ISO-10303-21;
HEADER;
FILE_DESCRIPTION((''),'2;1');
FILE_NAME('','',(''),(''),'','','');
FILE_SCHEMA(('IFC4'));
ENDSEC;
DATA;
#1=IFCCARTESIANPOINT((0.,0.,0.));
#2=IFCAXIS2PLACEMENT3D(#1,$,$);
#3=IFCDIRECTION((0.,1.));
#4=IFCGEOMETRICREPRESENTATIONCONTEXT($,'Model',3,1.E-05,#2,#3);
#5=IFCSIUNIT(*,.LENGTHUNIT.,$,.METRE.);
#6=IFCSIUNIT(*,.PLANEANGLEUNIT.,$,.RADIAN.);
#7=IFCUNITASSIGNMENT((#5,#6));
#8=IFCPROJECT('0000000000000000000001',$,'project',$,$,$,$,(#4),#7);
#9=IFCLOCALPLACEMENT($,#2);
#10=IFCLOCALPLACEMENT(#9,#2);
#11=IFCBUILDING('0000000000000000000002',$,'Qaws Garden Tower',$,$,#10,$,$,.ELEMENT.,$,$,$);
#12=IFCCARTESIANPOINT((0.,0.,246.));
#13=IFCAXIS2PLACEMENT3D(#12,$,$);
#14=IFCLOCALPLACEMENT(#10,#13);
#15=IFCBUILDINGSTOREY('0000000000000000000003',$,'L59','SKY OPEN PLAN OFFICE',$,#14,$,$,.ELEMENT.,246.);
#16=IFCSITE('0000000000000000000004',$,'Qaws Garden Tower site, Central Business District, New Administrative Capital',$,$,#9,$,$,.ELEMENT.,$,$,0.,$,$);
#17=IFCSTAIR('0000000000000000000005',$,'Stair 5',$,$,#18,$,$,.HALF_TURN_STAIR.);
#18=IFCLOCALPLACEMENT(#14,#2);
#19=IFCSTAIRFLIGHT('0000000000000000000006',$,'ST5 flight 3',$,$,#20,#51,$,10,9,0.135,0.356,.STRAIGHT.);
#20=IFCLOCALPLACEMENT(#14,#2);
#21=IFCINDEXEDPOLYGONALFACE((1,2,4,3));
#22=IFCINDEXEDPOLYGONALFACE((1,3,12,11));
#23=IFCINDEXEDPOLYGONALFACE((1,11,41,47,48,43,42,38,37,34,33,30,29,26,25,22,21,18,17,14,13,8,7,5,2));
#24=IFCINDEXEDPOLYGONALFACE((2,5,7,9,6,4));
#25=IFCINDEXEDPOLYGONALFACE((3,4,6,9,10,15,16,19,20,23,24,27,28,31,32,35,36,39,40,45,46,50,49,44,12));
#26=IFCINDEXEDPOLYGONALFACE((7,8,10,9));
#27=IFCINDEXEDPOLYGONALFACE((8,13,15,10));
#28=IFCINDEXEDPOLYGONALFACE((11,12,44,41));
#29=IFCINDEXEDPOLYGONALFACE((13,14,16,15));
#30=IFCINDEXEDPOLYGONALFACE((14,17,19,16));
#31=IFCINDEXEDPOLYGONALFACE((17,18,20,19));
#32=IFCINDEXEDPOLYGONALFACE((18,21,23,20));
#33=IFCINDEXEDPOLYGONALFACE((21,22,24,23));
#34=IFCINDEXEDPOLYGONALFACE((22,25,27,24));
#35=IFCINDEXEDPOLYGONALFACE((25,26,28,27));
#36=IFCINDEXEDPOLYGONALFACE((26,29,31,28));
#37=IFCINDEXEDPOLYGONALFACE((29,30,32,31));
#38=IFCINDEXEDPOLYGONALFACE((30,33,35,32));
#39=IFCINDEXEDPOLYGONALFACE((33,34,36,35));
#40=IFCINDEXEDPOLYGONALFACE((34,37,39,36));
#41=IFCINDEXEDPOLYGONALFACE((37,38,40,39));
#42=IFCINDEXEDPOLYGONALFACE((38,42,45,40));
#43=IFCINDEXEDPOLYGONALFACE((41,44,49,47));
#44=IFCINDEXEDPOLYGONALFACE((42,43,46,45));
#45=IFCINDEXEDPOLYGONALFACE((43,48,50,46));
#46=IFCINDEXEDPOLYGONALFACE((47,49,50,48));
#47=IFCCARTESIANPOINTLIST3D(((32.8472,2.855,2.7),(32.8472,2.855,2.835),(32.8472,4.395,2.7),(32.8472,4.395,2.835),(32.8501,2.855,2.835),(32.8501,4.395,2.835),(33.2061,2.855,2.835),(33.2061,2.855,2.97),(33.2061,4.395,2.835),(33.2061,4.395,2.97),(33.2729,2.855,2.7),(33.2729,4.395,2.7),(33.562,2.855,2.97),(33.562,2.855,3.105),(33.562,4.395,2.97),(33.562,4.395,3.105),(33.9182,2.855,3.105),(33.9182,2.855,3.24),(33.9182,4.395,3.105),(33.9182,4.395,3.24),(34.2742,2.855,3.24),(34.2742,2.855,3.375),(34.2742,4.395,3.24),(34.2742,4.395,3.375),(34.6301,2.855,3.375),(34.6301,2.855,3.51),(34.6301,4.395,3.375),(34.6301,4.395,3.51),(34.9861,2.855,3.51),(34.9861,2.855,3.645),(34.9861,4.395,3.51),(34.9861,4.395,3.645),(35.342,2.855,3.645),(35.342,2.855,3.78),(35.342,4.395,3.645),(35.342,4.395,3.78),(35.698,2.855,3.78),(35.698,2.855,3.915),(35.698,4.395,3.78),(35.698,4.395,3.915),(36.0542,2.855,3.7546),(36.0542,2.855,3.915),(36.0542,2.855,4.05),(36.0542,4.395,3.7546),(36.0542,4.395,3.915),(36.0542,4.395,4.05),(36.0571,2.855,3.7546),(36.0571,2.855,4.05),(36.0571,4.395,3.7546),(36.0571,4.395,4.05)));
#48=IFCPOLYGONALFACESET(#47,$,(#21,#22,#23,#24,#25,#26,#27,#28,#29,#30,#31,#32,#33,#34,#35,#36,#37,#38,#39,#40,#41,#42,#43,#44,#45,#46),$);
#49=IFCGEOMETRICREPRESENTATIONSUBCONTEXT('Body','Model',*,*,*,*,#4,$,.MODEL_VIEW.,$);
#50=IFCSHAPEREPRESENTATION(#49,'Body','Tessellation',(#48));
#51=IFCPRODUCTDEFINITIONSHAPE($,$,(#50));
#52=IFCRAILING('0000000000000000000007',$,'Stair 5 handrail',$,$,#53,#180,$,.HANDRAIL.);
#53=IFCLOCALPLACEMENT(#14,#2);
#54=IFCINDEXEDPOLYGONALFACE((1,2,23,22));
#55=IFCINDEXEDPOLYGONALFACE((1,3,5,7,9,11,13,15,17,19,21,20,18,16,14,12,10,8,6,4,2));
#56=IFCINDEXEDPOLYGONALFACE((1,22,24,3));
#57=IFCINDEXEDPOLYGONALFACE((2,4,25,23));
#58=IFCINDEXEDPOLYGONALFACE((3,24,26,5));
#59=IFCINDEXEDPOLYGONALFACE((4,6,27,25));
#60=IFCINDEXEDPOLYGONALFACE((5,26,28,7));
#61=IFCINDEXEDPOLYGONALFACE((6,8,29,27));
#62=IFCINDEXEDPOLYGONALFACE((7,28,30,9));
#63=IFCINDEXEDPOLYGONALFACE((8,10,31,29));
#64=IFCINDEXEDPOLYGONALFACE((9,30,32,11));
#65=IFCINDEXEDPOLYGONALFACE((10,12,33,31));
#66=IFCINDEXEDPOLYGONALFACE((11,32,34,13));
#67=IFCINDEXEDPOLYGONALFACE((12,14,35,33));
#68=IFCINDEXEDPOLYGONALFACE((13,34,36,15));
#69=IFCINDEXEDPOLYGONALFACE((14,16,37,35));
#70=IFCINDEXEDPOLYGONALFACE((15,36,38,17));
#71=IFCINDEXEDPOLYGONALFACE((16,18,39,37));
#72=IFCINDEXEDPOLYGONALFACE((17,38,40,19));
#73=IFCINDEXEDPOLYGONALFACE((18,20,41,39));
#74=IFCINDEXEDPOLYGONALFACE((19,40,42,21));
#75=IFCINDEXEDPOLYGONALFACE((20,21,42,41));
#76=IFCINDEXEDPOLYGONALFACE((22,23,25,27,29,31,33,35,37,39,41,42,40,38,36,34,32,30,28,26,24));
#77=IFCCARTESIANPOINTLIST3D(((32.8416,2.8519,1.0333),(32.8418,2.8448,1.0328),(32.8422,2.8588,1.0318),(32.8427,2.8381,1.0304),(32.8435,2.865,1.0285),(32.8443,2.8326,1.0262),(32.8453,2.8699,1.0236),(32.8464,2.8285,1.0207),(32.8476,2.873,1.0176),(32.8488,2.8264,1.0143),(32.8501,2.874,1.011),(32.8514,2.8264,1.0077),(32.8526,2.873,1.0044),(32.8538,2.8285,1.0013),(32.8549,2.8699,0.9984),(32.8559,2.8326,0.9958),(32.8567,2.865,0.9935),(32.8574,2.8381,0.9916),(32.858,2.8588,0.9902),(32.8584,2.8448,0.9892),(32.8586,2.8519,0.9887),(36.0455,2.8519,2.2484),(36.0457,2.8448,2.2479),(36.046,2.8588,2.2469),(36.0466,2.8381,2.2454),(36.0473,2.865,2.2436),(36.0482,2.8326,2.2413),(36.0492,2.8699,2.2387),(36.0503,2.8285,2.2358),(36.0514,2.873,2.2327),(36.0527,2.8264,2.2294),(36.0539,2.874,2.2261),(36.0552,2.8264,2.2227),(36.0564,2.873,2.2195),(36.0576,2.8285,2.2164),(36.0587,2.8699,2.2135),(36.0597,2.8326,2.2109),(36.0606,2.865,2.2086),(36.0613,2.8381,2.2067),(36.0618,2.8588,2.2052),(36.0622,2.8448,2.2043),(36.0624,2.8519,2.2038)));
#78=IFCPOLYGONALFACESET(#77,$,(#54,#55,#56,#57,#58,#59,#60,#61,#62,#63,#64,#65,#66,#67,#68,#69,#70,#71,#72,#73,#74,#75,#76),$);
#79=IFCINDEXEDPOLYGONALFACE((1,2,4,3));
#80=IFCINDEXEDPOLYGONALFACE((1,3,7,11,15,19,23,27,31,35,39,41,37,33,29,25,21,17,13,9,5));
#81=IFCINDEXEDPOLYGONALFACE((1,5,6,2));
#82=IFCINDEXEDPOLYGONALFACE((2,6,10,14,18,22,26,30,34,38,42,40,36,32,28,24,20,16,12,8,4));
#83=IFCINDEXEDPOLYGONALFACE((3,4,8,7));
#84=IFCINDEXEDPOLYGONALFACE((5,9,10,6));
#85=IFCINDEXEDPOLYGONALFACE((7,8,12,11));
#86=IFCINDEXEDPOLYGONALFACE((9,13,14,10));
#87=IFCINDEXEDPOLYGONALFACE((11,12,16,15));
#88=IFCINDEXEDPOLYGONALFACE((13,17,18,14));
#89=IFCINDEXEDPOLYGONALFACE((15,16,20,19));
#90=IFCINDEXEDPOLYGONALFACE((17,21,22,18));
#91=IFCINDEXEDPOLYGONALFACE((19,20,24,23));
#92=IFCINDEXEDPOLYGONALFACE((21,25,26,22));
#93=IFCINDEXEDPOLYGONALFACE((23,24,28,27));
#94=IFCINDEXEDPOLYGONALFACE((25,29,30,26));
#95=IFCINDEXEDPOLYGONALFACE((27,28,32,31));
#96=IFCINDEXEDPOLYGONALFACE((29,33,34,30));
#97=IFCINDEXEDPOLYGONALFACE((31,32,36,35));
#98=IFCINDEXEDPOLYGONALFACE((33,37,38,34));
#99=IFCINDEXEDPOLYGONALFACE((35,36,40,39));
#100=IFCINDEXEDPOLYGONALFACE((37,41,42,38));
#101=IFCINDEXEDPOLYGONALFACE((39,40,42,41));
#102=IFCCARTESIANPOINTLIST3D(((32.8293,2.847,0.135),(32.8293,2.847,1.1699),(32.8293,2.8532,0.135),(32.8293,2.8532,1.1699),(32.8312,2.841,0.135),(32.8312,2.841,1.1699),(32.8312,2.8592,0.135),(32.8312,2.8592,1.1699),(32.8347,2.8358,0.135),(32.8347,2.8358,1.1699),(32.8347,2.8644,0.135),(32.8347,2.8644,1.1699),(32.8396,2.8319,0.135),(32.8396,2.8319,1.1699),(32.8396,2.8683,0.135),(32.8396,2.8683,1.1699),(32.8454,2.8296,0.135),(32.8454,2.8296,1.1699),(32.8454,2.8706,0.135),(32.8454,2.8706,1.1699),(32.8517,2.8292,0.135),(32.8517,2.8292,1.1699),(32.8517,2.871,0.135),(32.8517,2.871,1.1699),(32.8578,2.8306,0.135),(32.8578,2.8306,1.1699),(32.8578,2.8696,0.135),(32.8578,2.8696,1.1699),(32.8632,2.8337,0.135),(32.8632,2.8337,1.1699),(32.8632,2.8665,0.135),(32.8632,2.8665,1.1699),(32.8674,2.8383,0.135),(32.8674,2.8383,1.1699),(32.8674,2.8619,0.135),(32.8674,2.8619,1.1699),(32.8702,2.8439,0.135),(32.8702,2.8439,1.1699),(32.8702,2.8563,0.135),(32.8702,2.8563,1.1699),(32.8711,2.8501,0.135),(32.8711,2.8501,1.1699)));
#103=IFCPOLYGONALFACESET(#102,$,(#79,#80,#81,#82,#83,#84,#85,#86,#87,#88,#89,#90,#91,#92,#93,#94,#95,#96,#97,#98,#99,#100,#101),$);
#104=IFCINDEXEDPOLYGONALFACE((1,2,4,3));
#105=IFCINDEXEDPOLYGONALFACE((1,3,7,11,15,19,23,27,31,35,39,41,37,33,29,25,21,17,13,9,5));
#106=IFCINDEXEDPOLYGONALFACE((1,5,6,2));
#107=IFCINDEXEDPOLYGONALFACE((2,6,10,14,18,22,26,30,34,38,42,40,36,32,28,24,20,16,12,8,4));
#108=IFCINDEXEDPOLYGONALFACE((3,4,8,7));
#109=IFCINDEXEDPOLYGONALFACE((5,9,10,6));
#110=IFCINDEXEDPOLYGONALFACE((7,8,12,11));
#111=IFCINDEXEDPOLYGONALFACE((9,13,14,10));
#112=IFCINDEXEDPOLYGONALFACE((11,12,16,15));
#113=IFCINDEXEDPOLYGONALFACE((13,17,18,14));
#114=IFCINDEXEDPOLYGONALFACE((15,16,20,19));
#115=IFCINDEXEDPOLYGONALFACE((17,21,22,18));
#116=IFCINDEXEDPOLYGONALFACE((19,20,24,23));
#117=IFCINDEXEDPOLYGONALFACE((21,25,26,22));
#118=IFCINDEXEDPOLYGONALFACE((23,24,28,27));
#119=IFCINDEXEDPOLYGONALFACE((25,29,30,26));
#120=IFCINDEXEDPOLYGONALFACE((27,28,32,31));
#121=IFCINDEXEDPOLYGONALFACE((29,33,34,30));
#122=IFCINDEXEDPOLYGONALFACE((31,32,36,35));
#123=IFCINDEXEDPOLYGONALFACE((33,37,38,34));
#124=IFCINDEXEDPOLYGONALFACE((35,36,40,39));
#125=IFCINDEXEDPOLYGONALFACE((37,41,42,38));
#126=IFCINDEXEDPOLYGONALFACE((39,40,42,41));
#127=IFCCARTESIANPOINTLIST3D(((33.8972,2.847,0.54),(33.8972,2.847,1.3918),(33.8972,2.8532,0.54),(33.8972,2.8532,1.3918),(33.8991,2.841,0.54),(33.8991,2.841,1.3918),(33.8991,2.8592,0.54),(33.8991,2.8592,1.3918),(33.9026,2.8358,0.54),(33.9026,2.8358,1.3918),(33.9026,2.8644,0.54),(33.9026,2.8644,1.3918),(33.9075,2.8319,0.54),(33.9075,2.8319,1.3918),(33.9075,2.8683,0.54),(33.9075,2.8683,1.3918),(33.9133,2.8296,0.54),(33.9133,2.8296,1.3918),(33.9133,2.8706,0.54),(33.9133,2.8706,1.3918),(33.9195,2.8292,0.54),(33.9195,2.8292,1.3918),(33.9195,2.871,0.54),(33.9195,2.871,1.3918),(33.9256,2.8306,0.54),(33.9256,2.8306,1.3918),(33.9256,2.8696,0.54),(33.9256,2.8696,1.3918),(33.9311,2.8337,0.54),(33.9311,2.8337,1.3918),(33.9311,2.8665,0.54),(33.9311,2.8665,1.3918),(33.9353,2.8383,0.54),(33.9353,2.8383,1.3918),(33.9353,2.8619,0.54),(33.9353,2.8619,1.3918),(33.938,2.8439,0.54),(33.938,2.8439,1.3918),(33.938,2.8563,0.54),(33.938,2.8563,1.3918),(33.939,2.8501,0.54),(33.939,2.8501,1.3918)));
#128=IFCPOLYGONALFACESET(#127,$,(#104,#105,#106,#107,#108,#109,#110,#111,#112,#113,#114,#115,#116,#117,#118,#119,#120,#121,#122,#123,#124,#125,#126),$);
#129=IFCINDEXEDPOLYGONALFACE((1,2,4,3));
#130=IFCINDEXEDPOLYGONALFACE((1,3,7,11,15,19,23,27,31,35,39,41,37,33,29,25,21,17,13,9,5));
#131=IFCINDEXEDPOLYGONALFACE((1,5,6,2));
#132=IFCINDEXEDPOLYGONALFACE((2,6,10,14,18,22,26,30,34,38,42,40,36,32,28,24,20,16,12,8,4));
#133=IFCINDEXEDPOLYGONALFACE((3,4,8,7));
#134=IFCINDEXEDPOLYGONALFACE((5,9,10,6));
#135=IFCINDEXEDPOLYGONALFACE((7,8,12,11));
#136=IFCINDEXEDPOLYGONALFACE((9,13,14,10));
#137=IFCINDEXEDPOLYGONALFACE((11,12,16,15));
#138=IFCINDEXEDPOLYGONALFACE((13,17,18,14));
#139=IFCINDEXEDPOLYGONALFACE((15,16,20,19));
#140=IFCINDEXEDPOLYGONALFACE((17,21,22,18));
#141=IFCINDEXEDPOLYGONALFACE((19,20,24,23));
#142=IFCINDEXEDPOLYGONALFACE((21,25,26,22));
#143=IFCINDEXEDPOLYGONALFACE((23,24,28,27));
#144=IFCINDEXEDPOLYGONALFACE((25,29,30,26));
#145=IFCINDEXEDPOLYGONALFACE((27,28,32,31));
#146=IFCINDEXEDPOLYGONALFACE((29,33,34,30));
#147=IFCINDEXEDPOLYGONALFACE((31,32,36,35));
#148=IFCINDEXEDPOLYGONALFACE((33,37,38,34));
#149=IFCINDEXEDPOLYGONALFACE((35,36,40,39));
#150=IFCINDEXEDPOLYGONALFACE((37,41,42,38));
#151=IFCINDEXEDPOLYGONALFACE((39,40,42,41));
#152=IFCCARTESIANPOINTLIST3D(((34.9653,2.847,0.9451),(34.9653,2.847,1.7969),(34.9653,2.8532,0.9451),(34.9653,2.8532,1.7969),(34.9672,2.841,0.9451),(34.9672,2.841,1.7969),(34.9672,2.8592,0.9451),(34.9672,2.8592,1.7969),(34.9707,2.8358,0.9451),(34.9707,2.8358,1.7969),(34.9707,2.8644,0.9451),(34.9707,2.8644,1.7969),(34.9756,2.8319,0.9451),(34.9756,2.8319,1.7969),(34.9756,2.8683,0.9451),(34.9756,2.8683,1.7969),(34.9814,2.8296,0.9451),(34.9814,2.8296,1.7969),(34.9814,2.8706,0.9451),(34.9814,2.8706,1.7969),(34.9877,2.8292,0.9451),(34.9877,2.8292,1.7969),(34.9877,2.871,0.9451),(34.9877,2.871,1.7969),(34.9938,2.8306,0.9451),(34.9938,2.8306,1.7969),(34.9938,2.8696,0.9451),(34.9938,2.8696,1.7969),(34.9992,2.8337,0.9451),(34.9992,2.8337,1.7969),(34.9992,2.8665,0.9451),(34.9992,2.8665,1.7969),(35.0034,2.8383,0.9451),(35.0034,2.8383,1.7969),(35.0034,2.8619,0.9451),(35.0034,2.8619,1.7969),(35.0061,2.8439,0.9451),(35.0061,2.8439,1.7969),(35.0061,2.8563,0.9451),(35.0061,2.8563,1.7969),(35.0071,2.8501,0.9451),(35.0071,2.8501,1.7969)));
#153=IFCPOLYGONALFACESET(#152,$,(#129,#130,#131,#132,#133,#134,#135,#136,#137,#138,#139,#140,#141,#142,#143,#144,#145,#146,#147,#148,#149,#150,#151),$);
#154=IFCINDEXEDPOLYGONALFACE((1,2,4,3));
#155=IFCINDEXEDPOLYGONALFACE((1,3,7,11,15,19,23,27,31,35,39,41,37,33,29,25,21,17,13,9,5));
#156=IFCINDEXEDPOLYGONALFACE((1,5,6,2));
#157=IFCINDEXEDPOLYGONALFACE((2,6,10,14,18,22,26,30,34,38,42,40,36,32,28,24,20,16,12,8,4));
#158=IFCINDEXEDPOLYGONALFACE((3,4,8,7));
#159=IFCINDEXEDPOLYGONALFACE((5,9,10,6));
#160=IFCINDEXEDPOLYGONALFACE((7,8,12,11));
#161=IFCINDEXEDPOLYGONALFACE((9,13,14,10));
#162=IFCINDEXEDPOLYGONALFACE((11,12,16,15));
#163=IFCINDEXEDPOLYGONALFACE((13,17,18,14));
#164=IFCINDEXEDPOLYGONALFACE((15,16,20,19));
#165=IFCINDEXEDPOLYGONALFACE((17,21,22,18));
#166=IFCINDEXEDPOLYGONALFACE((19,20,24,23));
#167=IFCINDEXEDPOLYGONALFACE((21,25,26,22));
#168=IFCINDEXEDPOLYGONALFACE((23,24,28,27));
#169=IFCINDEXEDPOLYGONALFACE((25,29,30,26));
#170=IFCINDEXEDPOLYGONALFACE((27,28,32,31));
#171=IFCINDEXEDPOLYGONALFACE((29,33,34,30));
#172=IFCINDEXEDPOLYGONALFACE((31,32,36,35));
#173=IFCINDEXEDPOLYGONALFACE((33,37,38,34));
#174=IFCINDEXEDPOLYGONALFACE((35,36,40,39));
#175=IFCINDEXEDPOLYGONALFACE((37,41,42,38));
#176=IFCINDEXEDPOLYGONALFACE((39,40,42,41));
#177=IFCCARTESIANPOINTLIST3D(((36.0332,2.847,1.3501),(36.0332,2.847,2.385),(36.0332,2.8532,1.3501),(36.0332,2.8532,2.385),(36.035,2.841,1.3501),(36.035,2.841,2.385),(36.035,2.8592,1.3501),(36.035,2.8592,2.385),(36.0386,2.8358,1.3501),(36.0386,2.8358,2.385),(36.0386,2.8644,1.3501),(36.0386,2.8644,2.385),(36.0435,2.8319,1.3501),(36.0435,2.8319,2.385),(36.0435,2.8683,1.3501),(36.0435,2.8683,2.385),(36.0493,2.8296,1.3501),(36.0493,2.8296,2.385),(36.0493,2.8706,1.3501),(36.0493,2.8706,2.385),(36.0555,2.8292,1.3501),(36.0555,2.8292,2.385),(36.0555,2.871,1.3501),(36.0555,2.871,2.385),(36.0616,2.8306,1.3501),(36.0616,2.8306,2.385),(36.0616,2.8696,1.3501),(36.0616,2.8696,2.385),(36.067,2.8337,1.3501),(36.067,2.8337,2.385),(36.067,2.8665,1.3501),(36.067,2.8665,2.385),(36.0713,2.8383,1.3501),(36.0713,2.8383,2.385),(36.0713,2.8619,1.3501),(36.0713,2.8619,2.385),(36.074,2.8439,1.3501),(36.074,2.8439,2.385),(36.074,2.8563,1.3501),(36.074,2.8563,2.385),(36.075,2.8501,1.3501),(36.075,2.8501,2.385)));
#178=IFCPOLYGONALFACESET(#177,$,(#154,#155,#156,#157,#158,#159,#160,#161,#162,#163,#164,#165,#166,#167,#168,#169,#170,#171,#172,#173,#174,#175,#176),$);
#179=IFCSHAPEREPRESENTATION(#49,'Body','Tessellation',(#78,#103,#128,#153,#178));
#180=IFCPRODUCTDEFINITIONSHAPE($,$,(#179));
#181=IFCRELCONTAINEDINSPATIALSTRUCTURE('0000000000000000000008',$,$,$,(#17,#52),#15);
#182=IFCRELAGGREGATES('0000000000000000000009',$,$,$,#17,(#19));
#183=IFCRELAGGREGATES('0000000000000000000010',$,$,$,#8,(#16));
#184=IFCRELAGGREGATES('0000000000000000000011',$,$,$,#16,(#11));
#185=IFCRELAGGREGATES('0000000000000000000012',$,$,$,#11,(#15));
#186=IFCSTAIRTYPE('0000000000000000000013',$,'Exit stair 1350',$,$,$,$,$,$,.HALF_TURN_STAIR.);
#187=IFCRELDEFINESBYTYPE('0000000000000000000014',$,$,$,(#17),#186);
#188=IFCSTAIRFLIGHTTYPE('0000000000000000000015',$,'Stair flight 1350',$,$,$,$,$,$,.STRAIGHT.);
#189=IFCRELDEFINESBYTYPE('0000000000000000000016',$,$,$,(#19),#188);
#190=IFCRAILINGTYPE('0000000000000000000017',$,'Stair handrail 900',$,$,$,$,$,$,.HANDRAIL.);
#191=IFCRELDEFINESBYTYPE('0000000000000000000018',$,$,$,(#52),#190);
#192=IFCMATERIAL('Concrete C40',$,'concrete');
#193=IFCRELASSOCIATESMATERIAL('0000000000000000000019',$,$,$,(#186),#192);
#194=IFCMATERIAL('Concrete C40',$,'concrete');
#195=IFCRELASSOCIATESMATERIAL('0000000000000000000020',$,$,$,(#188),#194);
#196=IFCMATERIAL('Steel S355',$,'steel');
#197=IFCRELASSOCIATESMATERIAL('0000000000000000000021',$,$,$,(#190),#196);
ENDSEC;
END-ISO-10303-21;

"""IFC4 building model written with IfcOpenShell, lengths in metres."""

from ifc_helpers import new_model, si_unit, direction, frame, origin, origin_2d, place, context, subcontext, project, spatial, polyline, circle, outline, extrude, material, type_object, element, aggregate, save


model = new_model("IFC4")

# Units and contexts
model_context = context("Model", 3, precision=1e-05, world=origin(), true_north=direction((0.0, 1.0)))
body_context = subcontext(model_context, "Body", "Model", "MODEL_VIEW")
ifc_project = project(units=[si_unit("LENGTHUNIT", "METRE"), si_unit("PLANEANGLEUNIT", "RADIAN")], contexts=[model_context])

# Site, building, storey
site_placement = place(None, origin())
site = spatial("IfcSite", under=ifc_project, at=site_placement, Name="Qaws Garden Tower site, Central Business District, New Administrative Capital", CompositionType="ELEMENT", RefElevation=0.0)
building_placement = place(site_placement, origin())
building = spatial("IfcBuilding", under=site, at=building_placement, Name="Qaws Garden Tower", CompositionType="ELEMENT")
storey_placement = place(building_placement, frame((0.0, 0.0, 246.0)))
storey = spatial("IfcBuildingStorey", under=building, at=storey_placement, Name="L59", Description="SKY OPEN PLAN OFFICE", CompositionType="ELEMENT", Elevation=246.0)

# Stair, stair flight
ifc_material_1 = material(Name="Concrete C40", Category="concrete")
stair_type = type_object("IfcStairType", Name="Exit stair 1350", PredefinedType="HALF_TURN_STAIR", material=ifc_material_1)
stair_placement = place(storey_placement, origin())
stair = element("IfcStair", 1, at=stair_placement, inside=storey, type_object=stair_type, Name="Stair 5", PredefinedType="HALF_TURN_STAIR")
ifc_material_2 = material(Name="Concrete C40", Category="concrete")
stair_flight_type = type_object("IfcStairFlightType", Name="Stair flight 1350", PredefinedType="STRAIGHT", material=ifc_material_2)
stair_flight_1_placement = place(storey_placement, frame((32.8501, 3.625, 2.7), z_axis=(0.0, 0.0, 1.0), x_axis=(1.0, 0.0, 0.0)))
stair_flight_1 = element("IfcStairFlight", 2, at=stair_flight_1_placement, type_object=stair_flight_type, Name="ST5 flight 3", NumberOfRisers=10, NumberOfTreads=9, PredefinedType="STRAIGHT", RiserHeight=0.135, TreadLength=0.356, context=body_context, shape_type="SweptSolid", body=[
    extrude(outline(polyline([(-0.0029, 0.0), (-0.0029, 0.135), (0.0, 0.135), (0.356, 0.135), (0.356, 0.27), (0.7119, 0.27), (0.7119, 0.405), (1.0681, 0.405), (1.0681, 0.54), (1.4241, 0.54), (1.4241, 0.675), (1.78, 0.675), (1.78, 0.8101), (2.136, 0.8101), (2.136, 0.9451), (2.4919, 0.9451), (2.4919, 1.0801), (2.8479, 1.0801), (2.8479, 1.2151), (3.2041, 1.2151), (3.2041, 1.3501), (3.207, 1.3501), (3.207, 1.0547), (3.2041, 1.0547), (0.4229, 0.0), (-0.0029, 0.0)])), frame((0.0, 0.77, 0.0), z_axis=(0.0, -1.0, 0.0), x_axis=(1.0, 0.0, 0.0)), (0.0, 0.0, 1.0), 1.54),
])
aggregate(stair, [stair_flight_1])

# Railing
ifc_material_3 = material(Name="Steel S355", Category="steel")
railing_type = type_object("IfcRailingType", Name="Stair handrail 900", PredefinedType="HANDRAIL", material=ifc_material_3)
for number, where, name in (
    (3, (32.8501, 2.8501, 0.135), "Stair 5 handrail"),
):
    element("IfcRailing", number, at=place(storey_placement, frame(where)), inside=storey, type_object=railing_type, Name=name, PredefinedType="HANDRAIL", context=body_context, shape_type="SweptSolid", body=[
        extrude(circle(Radius=0.0239, at=origin_2d()), frame((0.0, 0.0, 0.876), z_axis=(0.935014, 0.0, 0.354611), x_axis=(0.0, 1.0, 0.0)), (0.0, 0.0, 1.0), 3.4265),
        extrude(circle(Radius=0.021, at=origin_2d()), origin(), (0.0, 0.0, 1.0), 1.0349),
        extrude(circle(Radius=0.021, at=origin_2d()), frame((1.0679, 0.0, 0.405)), (0.0, 0.0, 1.0), 0.8518),
        extrude(circle(Radius=0.021, at=origin_2d()), frame((2.136, 0.0, 0.8101)), (0.0, 0.0, 1.0), 0.8518),
        extrude(circle(Radius=0.021, at=origin_2d()), frame((3.2039, 0.0, 1.2151)), (0.0, 0.0, 1.0), 1.0349),
    ])

save(model, "model.ifc")
